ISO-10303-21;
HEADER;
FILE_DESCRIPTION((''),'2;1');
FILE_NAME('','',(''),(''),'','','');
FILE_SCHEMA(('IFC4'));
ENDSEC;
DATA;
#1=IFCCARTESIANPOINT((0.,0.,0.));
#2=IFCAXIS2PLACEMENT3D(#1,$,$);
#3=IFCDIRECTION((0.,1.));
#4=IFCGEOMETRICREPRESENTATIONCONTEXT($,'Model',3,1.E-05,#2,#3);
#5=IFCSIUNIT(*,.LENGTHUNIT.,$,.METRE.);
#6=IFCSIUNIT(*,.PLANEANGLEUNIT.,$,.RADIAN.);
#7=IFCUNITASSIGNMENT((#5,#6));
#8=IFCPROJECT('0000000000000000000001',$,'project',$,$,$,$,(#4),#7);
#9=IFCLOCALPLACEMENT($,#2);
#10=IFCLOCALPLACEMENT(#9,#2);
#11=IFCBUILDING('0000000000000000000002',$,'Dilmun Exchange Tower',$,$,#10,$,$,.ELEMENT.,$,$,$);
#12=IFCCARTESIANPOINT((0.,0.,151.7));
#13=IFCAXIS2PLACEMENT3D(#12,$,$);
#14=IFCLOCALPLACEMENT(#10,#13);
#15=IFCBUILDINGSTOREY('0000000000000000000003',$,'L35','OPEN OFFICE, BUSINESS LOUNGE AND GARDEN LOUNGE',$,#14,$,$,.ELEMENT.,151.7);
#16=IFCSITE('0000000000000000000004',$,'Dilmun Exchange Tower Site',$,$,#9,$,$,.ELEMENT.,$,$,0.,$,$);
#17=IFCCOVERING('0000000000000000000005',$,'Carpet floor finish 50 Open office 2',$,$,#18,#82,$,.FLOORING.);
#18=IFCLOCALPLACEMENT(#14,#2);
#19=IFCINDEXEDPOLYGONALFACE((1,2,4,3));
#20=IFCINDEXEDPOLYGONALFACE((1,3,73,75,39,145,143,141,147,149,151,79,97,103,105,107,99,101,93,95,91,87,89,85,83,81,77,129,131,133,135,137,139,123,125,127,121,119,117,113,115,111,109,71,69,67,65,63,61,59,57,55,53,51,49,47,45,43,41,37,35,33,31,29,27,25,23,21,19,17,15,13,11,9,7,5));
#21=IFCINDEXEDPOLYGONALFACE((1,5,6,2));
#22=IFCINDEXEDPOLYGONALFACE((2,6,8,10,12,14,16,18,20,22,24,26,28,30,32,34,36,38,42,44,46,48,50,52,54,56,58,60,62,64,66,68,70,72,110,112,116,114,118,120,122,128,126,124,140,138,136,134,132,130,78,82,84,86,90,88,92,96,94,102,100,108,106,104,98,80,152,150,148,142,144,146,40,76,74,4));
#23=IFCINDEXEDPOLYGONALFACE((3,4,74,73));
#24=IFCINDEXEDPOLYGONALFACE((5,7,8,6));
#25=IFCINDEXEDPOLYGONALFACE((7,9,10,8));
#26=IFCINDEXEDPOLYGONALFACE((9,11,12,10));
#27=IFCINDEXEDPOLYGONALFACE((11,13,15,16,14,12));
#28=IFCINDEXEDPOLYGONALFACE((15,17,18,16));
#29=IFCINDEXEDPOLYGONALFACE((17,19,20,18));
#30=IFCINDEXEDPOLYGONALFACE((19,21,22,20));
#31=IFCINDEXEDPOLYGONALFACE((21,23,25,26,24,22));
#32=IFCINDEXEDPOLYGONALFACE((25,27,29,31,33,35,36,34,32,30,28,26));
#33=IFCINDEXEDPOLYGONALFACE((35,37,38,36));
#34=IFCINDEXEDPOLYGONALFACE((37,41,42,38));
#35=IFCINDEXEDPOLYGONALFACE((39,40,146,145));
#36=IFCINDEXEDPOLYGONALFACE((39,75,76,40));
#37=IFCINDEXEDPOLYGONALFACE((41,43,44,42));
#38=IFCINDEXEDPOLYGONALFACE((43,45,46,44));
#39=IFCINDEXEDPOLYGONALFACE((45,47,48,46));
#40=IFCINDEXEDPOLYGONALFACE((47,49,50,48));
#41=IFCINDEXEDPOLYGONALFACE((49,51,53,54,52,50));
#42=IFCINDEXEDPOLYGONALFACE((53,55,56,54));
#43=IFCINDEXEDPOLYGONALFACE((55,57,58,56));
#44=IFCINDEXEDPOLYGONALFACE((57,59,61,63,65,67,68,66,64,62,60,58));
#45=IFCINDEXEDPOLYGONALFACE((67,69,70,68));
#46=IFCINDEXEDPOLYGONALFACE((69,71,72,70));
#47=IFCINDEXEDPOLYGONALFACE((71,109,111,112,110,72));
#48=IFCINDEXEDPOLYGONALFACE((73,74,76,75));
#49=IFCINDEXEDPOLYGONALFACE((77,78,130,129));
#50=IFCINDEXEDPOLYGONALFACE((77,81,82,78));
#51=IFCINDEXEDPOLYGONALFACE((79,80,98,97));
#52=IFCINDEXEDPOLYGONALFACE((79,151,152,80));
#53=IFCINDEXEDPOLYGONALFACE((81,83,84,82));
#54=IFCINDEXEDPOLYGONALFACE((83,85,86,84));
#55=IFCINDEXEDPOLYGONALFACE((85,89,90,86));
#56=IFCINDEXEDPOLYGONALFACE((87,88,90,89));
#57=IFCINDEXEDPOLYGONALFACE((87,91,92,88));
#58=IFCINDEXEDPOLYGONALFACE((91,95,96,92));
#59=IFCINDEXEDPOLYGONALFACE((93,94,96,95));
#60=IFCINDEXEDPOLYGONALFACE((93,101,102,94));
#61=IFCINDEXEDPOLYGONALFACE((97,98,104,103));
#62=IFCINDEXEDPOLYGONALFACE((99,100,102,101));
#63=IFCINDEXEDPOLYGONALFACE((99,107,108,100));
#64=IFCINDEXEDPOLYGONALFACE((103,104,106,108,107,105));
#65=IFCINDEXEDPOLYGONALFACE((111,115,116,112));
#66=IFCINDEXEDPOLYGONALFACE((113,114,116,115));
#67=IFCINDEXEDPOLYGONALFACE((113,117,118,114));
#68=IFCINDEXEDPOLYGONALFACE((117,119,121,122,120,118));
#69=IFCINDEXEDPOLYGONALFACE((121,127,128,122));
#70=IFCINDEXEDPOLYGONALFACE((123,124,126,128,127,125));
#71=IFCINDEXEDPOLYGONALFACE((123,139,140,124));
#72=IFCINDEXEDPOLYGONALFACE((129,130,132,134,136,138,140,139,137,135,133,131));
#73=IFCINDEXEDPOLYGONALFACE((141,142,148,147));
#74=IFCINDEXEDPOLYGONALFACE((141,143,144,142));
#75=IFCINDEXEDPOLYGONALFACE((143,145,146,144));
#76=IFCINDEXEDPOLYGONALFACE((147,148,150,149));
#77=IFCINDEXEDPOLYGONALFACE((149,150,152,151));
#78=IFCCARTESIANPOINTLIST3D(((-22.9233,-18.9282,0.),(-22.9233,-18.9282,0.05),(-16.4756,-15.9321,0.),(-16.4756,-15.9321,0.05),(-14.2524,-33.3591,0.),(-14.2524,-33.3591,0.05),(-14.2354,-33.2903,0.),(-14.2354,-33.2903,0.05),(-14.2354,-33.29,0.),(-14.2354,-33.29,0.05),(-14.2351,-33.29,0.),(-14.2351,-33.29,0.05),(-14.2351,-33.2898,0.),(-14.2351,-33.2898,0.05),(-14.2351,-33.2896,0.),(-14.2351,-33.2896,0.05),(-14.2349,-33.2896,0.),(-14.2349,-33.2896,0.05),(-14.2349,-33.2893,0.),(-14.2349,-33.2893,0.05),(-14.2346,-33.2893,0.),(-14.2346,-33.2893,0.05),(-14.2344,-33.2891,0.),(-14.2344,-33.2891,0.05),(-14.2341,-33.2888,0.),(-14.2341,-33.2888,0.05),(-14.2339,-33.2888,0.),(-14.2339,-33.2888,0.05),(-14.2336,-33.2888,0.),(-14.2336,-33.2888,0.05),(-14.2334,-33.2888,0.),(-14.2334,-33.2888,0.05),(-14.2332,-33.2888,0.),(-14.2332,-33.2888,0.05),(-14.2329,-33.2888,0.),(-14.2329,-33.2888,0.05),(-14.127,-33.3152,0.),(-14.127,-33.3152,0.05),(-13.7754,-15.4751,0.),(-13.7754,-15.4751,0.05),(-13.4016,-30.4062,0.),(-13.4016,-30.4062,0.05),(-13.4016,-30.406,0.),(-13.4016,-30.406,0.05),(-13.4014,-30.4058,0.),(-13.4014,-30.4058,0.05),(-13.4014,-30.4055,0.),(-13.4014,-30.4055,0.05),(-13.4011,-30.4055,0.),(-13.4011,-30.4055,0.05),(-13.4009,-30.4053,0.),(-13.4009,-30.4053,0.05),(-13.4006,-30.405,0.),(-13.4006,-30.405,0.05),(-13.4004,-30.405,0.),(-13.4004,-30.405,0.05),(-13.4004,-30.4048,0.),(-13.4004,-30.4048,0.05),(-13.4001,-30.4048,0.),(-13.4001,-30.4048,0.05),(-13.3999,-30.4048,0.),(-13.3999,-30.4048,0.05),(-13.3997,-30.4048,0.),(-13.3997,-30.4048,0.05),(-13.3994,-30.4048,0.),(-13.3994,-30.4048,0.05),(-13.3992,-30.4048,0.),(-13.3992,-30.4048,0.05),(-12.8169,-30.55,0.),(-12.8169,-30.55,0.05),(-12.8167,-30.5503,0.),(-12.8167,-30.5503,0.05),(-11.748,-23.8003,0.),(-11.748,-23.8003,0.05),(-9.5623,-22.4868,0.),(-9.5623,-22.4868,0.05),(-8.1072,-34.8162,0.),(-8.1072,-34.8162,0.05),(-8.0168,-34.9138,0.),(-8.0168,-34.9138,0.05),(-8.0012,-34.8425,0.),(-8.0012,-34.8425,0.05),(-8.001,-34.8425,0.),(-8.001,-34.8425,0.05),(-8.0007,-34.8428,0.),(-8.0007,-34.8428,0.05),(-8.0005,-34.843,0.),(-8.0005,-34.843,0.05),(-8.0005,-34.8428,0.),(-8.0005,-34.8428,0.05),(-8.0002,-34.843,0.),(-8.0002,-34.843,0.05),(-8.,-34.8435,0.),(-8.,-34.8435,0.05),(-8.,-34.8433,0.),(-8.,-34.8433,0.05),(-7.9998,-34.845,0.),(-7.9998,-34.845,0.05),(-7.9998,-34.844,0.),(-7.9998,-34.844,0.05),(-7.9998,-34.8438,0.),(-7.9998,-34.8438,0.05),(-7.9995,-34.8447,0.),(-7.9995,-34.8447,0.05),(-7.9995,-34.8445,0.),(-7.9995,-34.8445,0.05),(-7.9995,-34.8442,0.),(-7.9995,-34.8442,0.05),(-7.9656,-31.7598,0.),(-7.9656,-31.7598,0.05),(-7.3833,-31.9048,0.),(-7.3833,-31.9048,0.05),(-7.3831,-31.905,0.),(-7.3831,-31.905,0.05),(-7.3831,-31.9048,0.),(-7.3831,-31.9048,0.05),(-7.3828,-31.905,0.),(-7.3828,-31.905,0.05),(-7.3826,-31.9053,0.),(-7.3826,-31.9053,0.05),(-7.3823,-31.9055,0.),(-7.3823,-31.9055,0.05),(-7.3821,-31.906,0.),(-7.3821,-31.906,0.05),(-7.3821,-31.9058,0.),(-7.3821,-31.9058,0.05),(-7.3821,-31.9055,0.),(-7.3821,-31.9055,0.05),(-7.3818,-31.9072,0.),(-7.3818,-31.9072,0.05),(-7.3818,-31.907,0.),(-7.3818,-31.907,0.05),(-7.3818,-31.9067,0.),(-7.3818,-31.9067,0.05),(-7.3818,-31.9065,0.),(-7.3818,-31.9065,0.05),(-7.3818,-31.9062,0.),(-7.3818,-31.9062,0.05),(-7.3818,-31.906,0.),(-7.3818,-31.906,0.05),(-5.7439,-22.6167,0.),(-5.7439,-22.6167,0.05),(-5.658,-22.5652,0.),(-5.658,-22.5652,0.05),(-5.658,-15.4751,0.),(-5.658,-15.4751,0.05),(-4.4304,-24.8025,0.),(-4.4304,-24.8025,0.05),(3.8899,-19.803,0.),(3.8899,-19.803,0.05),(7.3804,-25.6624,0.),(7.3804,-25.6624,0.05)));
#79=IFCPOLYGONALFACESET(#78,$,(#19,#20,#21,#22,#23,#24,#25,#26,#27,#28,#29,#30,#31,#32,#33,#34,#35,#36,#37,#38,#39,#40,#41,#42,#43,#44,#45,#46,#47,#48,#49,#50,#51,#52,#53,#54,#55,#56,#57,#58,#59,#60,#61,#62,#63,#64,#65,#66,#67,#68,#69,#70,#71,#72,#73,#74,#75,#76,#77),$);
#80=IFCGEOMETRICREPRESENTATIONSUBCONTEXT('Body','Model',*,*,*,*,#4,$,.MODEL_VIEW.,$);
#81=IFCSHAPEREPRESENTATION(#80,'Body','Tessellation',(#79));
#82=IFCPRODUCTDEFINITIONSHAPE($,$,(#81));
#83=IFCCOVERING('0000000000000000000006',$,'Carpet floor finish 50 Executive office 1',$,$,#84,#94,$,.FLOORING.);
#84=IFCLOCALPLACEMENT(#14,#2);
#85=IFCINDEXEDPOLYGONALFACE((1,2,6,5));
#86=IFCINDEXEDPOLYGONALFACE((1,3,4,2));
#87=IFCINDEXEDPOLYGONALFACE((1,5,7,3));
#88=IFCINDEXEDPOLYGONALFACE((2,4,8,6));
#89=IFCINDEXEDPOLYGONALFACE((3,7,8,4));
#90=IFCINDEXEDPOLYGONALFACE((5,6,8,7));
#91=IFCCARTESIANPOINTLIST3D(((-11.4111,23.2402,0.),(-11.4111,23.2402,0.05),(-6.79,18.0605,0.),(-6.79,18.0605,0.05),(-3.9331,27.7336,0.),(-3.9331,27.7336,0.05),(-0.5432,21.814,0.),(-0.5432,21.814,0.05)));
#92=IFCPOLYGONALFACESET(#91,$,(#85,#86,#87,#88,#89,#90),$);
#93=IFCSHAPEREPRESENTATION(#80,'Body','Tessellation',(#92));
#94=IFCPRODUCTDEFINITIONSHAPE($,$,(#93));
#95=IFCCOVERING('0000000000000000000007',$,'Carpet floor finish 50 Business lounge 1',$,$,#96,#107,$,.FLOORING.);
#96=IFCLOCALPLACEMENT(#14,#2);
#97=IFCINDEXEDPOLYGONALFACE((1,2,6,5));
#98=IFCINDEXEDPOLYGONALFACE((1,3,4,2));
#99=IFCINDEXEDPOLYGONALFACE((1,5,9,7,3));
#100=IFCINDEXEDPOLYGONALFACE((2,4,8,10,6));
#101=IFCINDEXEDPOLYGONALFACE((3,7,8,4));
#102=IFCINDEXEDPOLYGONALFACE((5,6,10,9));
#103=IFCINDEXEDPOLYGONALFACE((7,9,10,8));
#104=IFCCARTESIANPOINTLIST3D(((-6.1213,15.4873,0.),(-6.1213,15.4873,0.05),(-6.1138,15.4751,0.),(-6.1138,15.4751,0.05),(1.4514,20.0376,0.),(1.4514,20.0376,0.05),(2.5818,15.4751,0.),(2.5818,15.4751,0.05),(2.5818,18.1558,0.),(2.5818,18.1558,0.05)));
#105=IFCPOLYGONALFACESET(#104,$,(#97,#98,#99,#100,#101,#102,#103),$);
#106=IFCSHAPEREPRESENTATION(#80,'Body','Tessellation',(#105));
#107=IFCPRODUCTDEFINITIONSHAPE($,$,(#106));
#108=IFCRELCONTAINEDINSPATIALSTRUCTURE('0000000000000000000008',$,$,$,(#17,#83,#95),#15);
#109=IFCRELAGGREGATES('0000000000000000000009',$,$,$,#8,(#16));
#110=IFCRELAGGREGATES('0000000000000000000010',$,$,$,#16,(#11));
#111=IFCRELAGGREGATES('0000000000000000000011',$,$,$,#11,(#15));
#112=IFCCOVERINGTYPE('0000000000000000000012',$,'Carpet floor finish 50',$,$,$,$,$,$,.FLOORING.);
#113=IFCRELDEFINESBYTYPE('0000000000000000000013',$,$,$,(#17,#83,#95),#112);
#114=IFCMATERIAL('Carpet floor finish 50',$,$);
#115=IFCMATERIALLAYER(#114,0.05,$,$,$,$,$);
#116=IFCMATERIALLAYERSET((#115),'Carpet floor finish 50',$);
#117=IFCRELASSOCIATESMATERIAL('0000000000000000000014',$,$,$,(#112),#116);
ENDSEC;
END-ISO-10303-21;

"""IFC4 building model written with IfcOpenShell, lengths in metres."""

from ifc_helpers import new_model, si_unit, direction, frame, origin, place, context, subcontext, project, spatial, polyline, outline, extrude, material, layer, layer_set, type_object, element, save


model = new_model("IFC4")

# Units and contexts
model_context = context("Model", 3, precision=1e-05, world=origin(), true_north=direction((0.0, 1.0)))
body_context = subcontext(model_context, "Body", "Model", "MODEL_VIEW")
ifc_project = project(units=[si_unit("LENGTHUNIT", "METRE"), si_unit("PLANEANGLEUNIT", "RADIAN")], contexts=[model_context])

# Site, building, storey
site_placement = place(None, origin())
site = spatial("IfcSite", under=ifc_project, at=site_placement, Name="Dilmun Exchange Tower Site", CompositionType="ELEMENT", RefElevation=0.0)
building_placement = place(site_placement, origin())
building = spatial("IfcBuilding", under=site, at=building_placement, Name="Dilmun Exchange Tower", CompositionType="ELEMENT")
storey_placement = place(building_placement, frame((0.0, 0.0, 151.7)))
storey = spatial("IfcBuildingStorey", under=building, at=storey_placement, Name="L35", Description="OPEN OFFICE, BUSINESS LOUNGE AND GARDEN LOUNGE", CompositionType="ELEMENT", Elevation=151.7)

# Coverings
ifc_material_1 = material(Name="Carpet floor finish 50")
ifc_layer_1 = layer(ifc_material_1, 0.05)
ifc_layer_set_1 = layer_set([ifc_layer_1], Name="Carpet floor finish 50")
covering_type_1 = type_object("IfcCoveringType", Name="Carpet floor finish 50", PredefinedType="FLOORING", material=ifc_layer_set_1)
covering_1_placement = place(storey_placement, origin())
element("IfcCovering", 1, at=covering_1_placement, inside=storey, type_object=covering_type_1, Name="Carpet floor finish 50 Open office 2", PredefinedType="FLOORING", context=body_context, shape_type="SweptSolid", body=[
    extrude(outline(polyline([(-4.4304, -24.8025), (3.8899, -19.803), (7.3804, -25.6624), (-8.0168, -34.9138), (-7.9998, -34.845), (-7.9995, -34.8447), (-7.9995, -34.8445), (-7.9995, -34.8445), (-7.9995, -34.8442), (-7.9998, -34.844), (-7.9998, -34.8438), (-7.9998, -34.8438), (-8.0, -34.8435), (-8.0, -34.8433), (-8.0, -34.8433), (-8.0002, -34.843), (-8.0005, -34.843), (-8.0005, -34.8428), (-8.0007, -34.8428), (-8.001, -34.8425), (-8.0012, -34.8425), (-8.1072, -34.8162), (-7.3818, -31.9072), (-7.3818, -31.907), (-7.3818, -31.907), (-7.3818, -31.9067), (-7.3818, -31.9065), (-7.3818, -31.9062), (-7.3818, -31.906), (-7.3821, -31.906), (-7.3821, -31.9058), (-7.3821, -31.9055), (-7.3823, -31.9055), (-7.3826, -31.9053), (-7.3826, -31.9053), (-7.3828, -31.905), (-7.3831, -31.905), (-7.3831, -31.9048), (-7.3833, -31.9048), (-7.9656, -31.7598), (-7.9656, -31.7598), (-12.8167, -30.5503), (-12.8169, -30.55), (-12.8169, -30.55), (-13.3992, -30.4048), (-13.3994, -30.4048), (-13.3997, -30.4048), (-13.3999, -30.4048), (-13.3999, -30.4048), (-13.4001, -30.4048), (-13.4004, -30.4048), (-13.4004, -30.405), (-13.4006, -30.405), (-13.4009, -30.4053), (-13.4009, -30.4053), (-13.4011, -30.4055), (-13.4014, -30.4055), (-13.4014, -30.4058), (-13.4016, -30.406), (-13.4016, -30.406), (-13.4016, -30.4062), (-14.127, -33.3152), (-14.2329, -33.2888), (-14.2332, -33.2888), (-14.2334, -33.2888), (-14.2334, -33.2888), (-14.2336, -33.2888), (-14.2339, -33.2888), (-14.2341, -33.2888), (-14.2344, -33.2891), (-14.2344, -33.2891), (-14.2346, -33.2893), (-14.2349, -33.2893), (-14.2349, -33.2896), (-14.2351, -33.2896), (-14.2351, -33.2898), (-14.2351, -33.29), (-14.2354, -33.29), (-14.2354, -33.2903), (-14.2524, -33.3591), (-22.9233, -18.9282), (-16.4756, -15.9321), (-11.748, -23.8003), (-9.5623, -22.4868), (-13.7754, -15.4751), (-5.658, -15.4751), (-5.658, -22.5652), (-5.7439, -22.6167), (-4.4304, -24.8025)])), origin(), (0.0, 0.0, 1.0), 0.05),
])
covering_2_placement = place(storey_placement, origin())
element("IfcCovering", 2, at=covering_2_placement, inside=storey, type_object=covering_type_1, Name="Carpet floor finish 50 Executive office 1", PredefinedType="FLOORING", context=body_context, shape_type="SweptSolid", body=[
    extrude(outline(polyline([(-0.5432, 21.814), (-6.79, 18.0605), (-11.4111, 23.2402), (-3.9331, 27.7336), (-0.5432, 21.814)])), origin(), (0.0, 0.0, 1.0), 0.05),
])
covering_3_placement = place(storey_placement, origin())
element("IfcCovering", 3, at=covering_3_placement, inside=storey, type_object=covering_type_1, Name="Carpet floor finish 50 Business lounge 1", PredefinedType="FLOORING", context=body_context, shape_type="SweptSolid", body=[
    extrude(outline(polyline([(2.5818, 18.1558), (2.5818, 15.4751), (-6.1138, 15.4751), (-6.1213, 15.4873), (1.4514, 20.0376), (2.5818, 18.1558)])), origin(), (0.0, 0.0, 1.0), 0.05),
])

save(model, "model.ifc")
